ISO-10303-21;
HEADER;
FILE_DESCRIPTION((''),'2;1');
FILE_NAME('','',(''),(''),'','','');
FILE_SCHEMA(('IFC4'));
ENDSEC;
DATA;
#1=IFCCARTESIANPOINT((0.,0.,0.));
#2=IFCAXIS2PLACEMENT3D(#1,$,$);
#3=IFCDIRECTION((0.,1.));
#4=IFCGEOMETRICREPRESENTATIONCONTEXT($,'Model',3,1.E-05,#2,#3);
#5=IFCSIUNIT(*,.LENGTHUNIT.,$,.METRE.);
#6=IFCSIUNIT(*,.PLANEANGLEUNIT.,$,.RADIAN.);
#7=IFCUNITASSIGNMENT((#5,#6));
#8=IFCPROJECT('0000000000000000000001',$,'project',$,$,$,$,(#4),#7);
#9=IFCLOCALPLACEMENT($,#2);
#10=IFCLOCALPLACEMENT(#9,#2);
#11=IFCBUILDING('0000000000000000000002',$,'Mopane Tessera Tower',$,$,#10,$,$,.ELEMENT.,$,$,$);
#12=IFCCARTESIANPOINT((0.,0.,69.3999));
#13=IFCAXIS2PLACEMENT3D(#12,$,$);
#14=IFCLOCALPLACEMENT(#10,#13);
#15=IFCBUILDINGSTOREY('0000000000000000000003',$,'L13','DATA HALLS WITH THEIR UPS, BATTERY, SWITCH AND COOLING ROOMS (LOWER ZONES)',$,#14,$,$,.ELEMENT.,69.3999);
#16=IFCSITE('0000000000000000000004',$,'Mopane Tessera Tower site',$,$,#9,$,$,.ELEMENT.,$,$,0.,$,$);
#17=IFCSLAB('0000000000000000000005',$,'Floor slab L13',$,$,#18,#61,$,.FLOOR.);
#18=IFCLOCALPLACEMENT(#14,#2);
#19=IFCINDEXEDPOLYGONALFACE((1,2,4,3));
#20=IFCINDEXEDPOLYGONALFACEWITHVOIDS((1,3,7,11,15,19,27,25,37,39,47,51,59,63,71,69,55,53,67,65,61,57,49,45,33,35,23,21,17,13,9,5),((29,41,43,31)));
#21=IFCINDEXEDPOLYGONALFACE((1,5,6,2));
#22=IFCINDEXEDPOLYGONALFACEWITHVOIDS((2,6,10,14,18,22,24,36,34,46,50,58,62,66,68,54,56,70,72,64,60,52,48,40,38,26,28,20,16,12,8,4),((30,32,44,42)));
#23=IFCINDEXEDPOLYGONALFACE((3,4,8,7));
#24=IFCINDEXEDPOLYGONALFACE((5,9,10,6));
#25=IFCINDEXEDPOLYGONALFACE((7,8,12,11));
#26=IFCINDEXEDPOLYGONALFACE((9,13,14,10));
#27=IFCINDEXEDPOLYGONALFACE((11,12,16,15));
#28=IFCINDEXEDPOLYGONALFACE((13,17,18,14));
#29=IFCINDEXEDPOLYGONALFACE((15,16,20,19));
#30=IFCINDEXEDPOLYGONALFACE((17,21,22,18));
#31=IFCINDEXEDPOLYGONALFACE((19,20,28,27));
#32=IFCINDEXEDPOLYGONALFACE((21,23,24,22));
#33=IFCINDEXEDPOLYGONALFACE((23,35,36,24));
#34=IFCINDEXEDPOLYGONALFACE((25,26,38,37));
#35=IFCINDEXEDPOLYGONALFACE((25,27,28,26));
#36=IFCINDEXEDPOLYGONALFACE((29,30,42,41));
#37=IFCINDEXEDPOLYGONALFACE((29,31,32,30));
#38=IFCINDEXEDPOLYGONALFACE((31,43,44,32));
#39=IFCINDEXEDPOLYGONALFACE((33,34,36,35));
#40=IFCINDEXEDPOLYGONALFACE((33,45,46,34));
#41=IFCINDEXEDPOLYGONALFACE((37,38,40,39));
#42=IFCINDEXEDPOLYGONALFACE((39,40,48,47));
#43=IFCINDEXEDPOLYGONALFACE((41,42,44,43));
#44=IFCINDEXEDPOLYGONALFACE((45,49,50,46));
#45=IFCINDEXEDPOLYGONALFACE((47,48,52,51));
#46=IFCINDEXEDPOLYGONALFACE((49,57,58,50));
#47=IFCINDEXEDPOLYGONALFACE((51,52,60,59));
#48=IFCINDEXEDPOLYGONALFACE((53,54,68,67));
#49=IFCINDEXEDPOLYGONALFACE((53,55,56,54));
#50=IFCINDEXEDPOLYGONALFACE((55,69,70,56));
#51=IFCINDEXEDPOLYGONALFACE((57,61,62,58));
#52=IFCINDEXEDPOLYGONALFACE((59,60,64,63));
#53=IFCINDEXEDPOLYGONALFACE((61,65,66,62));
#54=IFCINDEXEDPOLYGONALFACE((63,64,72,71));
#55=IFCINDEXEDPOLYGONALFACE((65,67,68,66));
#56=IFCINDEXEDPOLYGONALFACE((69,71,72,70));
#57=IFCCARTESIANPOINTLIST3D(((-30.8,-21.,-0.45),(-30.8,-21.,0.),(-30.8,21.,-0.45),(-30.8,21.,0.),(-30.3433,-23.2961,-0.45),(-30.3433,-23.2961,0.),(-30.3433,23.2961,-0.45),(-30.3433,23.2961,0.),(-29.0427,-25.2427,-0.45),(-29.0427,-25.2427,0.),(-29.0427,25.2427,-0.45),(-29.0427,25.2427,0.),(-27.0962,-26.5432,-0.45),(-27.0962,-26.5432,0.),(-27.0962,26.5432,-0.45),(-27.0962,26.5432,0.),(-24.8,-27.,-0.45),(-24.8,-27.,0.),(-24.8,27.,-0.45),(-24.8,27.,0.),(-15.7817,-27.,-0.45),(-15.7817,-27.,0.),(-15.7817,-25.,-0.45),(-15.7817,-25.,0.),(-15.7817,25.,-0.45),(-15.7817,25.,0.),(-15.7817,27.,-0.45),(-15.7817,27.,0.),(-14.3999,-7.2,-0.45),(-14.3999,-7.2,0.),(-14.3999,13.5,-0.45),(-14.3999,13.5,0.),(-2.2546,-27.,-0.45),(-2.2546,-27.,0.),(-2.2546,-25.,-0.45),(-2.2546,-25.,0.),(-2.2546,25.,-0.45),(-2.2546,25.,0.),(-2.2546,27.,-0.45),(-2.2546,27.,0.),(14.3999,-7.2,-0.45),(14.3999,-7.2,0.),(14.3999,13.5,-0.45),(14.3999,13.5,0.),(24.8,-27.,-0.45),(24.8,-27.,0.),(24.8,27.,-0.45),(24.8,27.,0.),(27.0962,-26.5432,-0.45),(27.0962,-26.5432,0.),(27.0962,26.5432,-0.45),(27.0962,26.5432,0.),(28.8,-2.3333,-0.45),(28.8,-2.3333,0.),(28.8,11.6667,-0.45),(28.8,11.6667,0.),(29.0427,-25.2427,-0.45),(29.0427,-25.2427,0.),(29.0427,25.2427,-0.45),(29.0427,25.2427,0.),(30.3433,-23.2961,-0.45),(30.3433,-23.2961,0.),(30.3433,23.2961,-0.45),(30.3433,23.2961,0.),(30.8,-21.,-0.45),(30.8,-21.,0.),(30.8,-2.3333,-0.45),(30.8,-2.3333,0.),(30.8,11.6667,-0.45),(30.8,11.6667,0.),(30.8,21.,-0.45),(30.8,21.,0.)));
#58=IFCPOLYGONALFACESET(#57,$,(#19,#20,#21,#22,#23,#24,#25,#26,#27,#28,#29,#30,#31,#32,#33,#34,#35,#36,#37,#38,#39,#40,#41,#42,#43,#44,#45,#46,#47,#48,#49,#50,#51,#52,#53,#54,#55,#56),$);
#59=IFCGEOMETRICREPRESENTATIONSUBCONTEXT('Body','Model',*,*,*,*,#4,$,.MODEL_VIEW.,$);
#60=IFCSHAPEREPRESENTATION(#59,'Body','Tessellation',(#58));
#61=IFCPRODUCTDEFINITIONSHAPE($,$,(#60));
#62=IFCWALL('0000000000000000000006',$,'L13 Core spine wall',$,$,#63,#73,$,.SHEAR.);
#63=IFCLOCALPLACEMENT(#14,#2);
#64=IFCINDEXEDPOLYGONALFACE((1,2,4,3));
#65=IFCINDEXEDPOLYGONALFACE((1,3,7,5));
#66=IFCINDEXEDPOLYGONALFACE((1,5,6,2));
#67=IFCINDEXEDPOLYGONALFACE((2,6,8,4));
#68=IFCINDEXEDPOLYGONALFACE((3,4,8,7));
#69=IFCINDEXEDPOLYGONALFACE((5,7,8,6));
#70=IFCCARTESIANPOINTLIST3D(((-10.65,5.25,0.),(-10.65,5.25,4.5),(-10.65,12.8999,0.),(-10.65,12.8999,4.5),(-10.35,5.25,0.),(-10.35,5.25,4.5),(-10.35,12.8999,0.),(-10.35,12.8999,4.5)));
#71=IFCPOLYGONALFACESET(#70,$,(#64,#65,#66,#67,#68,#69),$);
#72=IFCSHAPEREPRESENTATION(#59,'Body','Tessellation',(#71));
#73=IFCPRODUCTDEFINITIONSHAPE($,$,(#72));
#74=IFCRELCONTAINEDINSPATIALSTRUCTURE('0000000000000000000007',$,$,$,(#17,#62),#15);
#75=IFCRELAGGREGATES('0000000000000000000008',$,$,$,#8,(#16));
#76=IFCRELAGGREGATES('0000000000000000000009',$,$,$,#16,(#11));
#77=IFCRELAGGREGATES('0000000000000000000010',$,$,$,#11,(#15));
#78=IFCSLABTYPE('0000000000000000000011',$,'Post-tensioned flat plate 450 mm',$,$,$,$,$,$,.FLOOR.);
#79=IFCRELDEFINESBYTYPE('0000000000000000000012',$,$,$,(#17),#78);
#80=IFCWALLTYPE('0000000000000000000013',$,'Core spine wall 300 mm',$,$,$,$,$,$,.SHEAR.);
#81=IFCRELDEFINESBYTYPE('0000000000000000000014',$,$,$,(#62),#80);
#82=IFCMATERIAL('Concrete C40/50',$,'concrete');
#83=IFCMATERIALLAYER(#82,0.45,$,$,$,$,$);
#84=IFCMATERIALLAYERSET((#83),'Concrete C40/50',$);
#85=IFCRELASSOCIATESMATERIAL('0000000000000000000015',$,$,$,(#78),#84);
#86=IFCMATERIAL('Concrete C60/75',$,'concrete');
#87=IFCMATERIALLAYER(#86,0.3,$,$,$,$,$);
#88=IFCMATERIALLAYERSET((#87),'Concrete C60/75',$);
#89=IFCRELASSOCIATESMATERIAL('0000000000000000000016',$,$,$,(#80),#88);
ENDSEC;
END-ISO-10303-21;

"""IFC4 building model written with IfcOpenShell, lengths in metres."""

from ifc_helpers import new_model, si_unit, direction, frame, frame_2d, origin, place, context, subcontext, project, spatial, polyline, rectangle, outline, extrude, material, layer, layer_set, type_object, element, save


model = new_model("IFC4")

# Units and contexts
model_context = context("Model", 3, precision=1e-05, world=origin(), true_north=direction((0.0, 1.0)))
body_context = subcontext(model_context, "Body", "Model", "MODEL_VIEW")
ifc_project = project(units=[si_unit("LENGTHUNIT", "METRE"), si_unit("PLANEANGLEUNIT", "RADIAN")], contexts=[model_context])

# Site, building, storey
site_placement = place(None, origin())
site = spatial("IfcSite", under=ifc_project, at=site_placement, Name="Mopane Tessera Tower site", CompositionType="ELEMENT", RefElevation=0.0)
building_placement = place(site_placement, origin())
building = spatial("IfcBuilding", under=site, at=building_placement, Name="Mopane Tessera Tower", CompositionType="ELEMENT")
storey_placement = place(building_placement, frame((0.0, 0.0, 69.3999)))
storey = spatial("IfcBuildingStorey", under=building, at=storey_placement, Name="L13", Description="DATA HALLS WITH THEIR UPS, BATTERY, SWITCH AND COOLING ROOMS (LOWER ZONES)", CompositionType="ELEMENT", Elevation=69.3999)

# Slab
ifc_material_1 = material(Name="Concrete C40/50", Category="concrete")
ifc_layer_1 = layer(ifc_material_1, 0.45)
ifc_layer_set_1 = layer_set([ifc_layer_1], Name="Concrete C40/50")
slab_type_1 = type_object("IfcSlabType", Name="Post-tensioned flat plate 450 mm", PredefinedType="FLOOR", material=ifc_layer_set_1)
slab_1_placement = place(storey_placement, frame((0.0, 0.0, -0.45)))
element("IfcSlab", 1, at=slab_1_placement, inside=storey, type_object=slab_type_1, Name="Floor slab L13", PredefinedType="FLOOR", context=body_context, shape_type="SweptSolid", body=[
    extrude(outline(polyline([(-24.8, -27.0), (-15.7817, -27.0), (-15.7817, -25.0), (-2.2546, -25.0), (-2.2546, -27.0), (24.8, -27.0), (27.0962, -26.5432), (29.0427, -25.2427), (30.3433, -23.2961), (30.8, -21.0), (30.8, -2.3333), (28.8, -2.3333), (28.8, 11.6667), (30.8, 11.6667), (30.8, 21.0), (30.3433, 23.2961), (29.0427, 25.2427), (27.0962, 26.5432), (24.8, 27.0), (-2.2546, 27.0), (-2.2546, 25.0), (-15.7817, 25.0), (-15.7817, 27.0), (-24.8, 27.0), (-27.0962, 26.5432), (-29.0427, 25.2427), (-30.3433, 23.2961), (-30.8, 21.0), (-30.8, -21.0), (-30.3433, -23.2961), (-29.0427, -25.2427), (-27.0962, -26.5432), (-24.8, -27.0)]), holes=[polyline([(14.3999, -7.2), (-14.3999, -7.2), (-14.3999, 13.5), (14.3999, 13.5), (14.3999, -7.2)])]), origin(), (0.0, 0.0, 1.0), 0.45),
])

# Wall
ifc_material_2 = material(Name="Concrete C60/75", Category="concrete")
ifc_layer_2 = layer(ifc_material_2, 0.3)
ifc_layer_set_2 = layer_set([ifc_layer_2], Name="Concrete C60/75")
wall_type_1 = type_object("IfcWallType", Name="Core spine wall 300 mm", PredefinedType="SHEAR", material=ifc_layer_set_2)
wall_1_placement = place(storey_placement, frame((-10.5, 5.25, 0.0), z_axis=(0.0, 0.0, 1.0), x_axis=(0.0, 1.0, 0.0)))
element("IfcWall", 2, at=wall_1_placement, inside=storey, type_object=wall_type_1, Name="L13 Core spine wall", PredefinedType="SHEAR", context=body_context, shape_type="SweptSolid", body=[
    extrude(rectangle(XDim=7.6499, YDim=0.3, at=frame_2d((3.825, 0.0))), origin(), (0.0, 0.0, 1.0), 4.5),
])

save(model, "model.ifc")
